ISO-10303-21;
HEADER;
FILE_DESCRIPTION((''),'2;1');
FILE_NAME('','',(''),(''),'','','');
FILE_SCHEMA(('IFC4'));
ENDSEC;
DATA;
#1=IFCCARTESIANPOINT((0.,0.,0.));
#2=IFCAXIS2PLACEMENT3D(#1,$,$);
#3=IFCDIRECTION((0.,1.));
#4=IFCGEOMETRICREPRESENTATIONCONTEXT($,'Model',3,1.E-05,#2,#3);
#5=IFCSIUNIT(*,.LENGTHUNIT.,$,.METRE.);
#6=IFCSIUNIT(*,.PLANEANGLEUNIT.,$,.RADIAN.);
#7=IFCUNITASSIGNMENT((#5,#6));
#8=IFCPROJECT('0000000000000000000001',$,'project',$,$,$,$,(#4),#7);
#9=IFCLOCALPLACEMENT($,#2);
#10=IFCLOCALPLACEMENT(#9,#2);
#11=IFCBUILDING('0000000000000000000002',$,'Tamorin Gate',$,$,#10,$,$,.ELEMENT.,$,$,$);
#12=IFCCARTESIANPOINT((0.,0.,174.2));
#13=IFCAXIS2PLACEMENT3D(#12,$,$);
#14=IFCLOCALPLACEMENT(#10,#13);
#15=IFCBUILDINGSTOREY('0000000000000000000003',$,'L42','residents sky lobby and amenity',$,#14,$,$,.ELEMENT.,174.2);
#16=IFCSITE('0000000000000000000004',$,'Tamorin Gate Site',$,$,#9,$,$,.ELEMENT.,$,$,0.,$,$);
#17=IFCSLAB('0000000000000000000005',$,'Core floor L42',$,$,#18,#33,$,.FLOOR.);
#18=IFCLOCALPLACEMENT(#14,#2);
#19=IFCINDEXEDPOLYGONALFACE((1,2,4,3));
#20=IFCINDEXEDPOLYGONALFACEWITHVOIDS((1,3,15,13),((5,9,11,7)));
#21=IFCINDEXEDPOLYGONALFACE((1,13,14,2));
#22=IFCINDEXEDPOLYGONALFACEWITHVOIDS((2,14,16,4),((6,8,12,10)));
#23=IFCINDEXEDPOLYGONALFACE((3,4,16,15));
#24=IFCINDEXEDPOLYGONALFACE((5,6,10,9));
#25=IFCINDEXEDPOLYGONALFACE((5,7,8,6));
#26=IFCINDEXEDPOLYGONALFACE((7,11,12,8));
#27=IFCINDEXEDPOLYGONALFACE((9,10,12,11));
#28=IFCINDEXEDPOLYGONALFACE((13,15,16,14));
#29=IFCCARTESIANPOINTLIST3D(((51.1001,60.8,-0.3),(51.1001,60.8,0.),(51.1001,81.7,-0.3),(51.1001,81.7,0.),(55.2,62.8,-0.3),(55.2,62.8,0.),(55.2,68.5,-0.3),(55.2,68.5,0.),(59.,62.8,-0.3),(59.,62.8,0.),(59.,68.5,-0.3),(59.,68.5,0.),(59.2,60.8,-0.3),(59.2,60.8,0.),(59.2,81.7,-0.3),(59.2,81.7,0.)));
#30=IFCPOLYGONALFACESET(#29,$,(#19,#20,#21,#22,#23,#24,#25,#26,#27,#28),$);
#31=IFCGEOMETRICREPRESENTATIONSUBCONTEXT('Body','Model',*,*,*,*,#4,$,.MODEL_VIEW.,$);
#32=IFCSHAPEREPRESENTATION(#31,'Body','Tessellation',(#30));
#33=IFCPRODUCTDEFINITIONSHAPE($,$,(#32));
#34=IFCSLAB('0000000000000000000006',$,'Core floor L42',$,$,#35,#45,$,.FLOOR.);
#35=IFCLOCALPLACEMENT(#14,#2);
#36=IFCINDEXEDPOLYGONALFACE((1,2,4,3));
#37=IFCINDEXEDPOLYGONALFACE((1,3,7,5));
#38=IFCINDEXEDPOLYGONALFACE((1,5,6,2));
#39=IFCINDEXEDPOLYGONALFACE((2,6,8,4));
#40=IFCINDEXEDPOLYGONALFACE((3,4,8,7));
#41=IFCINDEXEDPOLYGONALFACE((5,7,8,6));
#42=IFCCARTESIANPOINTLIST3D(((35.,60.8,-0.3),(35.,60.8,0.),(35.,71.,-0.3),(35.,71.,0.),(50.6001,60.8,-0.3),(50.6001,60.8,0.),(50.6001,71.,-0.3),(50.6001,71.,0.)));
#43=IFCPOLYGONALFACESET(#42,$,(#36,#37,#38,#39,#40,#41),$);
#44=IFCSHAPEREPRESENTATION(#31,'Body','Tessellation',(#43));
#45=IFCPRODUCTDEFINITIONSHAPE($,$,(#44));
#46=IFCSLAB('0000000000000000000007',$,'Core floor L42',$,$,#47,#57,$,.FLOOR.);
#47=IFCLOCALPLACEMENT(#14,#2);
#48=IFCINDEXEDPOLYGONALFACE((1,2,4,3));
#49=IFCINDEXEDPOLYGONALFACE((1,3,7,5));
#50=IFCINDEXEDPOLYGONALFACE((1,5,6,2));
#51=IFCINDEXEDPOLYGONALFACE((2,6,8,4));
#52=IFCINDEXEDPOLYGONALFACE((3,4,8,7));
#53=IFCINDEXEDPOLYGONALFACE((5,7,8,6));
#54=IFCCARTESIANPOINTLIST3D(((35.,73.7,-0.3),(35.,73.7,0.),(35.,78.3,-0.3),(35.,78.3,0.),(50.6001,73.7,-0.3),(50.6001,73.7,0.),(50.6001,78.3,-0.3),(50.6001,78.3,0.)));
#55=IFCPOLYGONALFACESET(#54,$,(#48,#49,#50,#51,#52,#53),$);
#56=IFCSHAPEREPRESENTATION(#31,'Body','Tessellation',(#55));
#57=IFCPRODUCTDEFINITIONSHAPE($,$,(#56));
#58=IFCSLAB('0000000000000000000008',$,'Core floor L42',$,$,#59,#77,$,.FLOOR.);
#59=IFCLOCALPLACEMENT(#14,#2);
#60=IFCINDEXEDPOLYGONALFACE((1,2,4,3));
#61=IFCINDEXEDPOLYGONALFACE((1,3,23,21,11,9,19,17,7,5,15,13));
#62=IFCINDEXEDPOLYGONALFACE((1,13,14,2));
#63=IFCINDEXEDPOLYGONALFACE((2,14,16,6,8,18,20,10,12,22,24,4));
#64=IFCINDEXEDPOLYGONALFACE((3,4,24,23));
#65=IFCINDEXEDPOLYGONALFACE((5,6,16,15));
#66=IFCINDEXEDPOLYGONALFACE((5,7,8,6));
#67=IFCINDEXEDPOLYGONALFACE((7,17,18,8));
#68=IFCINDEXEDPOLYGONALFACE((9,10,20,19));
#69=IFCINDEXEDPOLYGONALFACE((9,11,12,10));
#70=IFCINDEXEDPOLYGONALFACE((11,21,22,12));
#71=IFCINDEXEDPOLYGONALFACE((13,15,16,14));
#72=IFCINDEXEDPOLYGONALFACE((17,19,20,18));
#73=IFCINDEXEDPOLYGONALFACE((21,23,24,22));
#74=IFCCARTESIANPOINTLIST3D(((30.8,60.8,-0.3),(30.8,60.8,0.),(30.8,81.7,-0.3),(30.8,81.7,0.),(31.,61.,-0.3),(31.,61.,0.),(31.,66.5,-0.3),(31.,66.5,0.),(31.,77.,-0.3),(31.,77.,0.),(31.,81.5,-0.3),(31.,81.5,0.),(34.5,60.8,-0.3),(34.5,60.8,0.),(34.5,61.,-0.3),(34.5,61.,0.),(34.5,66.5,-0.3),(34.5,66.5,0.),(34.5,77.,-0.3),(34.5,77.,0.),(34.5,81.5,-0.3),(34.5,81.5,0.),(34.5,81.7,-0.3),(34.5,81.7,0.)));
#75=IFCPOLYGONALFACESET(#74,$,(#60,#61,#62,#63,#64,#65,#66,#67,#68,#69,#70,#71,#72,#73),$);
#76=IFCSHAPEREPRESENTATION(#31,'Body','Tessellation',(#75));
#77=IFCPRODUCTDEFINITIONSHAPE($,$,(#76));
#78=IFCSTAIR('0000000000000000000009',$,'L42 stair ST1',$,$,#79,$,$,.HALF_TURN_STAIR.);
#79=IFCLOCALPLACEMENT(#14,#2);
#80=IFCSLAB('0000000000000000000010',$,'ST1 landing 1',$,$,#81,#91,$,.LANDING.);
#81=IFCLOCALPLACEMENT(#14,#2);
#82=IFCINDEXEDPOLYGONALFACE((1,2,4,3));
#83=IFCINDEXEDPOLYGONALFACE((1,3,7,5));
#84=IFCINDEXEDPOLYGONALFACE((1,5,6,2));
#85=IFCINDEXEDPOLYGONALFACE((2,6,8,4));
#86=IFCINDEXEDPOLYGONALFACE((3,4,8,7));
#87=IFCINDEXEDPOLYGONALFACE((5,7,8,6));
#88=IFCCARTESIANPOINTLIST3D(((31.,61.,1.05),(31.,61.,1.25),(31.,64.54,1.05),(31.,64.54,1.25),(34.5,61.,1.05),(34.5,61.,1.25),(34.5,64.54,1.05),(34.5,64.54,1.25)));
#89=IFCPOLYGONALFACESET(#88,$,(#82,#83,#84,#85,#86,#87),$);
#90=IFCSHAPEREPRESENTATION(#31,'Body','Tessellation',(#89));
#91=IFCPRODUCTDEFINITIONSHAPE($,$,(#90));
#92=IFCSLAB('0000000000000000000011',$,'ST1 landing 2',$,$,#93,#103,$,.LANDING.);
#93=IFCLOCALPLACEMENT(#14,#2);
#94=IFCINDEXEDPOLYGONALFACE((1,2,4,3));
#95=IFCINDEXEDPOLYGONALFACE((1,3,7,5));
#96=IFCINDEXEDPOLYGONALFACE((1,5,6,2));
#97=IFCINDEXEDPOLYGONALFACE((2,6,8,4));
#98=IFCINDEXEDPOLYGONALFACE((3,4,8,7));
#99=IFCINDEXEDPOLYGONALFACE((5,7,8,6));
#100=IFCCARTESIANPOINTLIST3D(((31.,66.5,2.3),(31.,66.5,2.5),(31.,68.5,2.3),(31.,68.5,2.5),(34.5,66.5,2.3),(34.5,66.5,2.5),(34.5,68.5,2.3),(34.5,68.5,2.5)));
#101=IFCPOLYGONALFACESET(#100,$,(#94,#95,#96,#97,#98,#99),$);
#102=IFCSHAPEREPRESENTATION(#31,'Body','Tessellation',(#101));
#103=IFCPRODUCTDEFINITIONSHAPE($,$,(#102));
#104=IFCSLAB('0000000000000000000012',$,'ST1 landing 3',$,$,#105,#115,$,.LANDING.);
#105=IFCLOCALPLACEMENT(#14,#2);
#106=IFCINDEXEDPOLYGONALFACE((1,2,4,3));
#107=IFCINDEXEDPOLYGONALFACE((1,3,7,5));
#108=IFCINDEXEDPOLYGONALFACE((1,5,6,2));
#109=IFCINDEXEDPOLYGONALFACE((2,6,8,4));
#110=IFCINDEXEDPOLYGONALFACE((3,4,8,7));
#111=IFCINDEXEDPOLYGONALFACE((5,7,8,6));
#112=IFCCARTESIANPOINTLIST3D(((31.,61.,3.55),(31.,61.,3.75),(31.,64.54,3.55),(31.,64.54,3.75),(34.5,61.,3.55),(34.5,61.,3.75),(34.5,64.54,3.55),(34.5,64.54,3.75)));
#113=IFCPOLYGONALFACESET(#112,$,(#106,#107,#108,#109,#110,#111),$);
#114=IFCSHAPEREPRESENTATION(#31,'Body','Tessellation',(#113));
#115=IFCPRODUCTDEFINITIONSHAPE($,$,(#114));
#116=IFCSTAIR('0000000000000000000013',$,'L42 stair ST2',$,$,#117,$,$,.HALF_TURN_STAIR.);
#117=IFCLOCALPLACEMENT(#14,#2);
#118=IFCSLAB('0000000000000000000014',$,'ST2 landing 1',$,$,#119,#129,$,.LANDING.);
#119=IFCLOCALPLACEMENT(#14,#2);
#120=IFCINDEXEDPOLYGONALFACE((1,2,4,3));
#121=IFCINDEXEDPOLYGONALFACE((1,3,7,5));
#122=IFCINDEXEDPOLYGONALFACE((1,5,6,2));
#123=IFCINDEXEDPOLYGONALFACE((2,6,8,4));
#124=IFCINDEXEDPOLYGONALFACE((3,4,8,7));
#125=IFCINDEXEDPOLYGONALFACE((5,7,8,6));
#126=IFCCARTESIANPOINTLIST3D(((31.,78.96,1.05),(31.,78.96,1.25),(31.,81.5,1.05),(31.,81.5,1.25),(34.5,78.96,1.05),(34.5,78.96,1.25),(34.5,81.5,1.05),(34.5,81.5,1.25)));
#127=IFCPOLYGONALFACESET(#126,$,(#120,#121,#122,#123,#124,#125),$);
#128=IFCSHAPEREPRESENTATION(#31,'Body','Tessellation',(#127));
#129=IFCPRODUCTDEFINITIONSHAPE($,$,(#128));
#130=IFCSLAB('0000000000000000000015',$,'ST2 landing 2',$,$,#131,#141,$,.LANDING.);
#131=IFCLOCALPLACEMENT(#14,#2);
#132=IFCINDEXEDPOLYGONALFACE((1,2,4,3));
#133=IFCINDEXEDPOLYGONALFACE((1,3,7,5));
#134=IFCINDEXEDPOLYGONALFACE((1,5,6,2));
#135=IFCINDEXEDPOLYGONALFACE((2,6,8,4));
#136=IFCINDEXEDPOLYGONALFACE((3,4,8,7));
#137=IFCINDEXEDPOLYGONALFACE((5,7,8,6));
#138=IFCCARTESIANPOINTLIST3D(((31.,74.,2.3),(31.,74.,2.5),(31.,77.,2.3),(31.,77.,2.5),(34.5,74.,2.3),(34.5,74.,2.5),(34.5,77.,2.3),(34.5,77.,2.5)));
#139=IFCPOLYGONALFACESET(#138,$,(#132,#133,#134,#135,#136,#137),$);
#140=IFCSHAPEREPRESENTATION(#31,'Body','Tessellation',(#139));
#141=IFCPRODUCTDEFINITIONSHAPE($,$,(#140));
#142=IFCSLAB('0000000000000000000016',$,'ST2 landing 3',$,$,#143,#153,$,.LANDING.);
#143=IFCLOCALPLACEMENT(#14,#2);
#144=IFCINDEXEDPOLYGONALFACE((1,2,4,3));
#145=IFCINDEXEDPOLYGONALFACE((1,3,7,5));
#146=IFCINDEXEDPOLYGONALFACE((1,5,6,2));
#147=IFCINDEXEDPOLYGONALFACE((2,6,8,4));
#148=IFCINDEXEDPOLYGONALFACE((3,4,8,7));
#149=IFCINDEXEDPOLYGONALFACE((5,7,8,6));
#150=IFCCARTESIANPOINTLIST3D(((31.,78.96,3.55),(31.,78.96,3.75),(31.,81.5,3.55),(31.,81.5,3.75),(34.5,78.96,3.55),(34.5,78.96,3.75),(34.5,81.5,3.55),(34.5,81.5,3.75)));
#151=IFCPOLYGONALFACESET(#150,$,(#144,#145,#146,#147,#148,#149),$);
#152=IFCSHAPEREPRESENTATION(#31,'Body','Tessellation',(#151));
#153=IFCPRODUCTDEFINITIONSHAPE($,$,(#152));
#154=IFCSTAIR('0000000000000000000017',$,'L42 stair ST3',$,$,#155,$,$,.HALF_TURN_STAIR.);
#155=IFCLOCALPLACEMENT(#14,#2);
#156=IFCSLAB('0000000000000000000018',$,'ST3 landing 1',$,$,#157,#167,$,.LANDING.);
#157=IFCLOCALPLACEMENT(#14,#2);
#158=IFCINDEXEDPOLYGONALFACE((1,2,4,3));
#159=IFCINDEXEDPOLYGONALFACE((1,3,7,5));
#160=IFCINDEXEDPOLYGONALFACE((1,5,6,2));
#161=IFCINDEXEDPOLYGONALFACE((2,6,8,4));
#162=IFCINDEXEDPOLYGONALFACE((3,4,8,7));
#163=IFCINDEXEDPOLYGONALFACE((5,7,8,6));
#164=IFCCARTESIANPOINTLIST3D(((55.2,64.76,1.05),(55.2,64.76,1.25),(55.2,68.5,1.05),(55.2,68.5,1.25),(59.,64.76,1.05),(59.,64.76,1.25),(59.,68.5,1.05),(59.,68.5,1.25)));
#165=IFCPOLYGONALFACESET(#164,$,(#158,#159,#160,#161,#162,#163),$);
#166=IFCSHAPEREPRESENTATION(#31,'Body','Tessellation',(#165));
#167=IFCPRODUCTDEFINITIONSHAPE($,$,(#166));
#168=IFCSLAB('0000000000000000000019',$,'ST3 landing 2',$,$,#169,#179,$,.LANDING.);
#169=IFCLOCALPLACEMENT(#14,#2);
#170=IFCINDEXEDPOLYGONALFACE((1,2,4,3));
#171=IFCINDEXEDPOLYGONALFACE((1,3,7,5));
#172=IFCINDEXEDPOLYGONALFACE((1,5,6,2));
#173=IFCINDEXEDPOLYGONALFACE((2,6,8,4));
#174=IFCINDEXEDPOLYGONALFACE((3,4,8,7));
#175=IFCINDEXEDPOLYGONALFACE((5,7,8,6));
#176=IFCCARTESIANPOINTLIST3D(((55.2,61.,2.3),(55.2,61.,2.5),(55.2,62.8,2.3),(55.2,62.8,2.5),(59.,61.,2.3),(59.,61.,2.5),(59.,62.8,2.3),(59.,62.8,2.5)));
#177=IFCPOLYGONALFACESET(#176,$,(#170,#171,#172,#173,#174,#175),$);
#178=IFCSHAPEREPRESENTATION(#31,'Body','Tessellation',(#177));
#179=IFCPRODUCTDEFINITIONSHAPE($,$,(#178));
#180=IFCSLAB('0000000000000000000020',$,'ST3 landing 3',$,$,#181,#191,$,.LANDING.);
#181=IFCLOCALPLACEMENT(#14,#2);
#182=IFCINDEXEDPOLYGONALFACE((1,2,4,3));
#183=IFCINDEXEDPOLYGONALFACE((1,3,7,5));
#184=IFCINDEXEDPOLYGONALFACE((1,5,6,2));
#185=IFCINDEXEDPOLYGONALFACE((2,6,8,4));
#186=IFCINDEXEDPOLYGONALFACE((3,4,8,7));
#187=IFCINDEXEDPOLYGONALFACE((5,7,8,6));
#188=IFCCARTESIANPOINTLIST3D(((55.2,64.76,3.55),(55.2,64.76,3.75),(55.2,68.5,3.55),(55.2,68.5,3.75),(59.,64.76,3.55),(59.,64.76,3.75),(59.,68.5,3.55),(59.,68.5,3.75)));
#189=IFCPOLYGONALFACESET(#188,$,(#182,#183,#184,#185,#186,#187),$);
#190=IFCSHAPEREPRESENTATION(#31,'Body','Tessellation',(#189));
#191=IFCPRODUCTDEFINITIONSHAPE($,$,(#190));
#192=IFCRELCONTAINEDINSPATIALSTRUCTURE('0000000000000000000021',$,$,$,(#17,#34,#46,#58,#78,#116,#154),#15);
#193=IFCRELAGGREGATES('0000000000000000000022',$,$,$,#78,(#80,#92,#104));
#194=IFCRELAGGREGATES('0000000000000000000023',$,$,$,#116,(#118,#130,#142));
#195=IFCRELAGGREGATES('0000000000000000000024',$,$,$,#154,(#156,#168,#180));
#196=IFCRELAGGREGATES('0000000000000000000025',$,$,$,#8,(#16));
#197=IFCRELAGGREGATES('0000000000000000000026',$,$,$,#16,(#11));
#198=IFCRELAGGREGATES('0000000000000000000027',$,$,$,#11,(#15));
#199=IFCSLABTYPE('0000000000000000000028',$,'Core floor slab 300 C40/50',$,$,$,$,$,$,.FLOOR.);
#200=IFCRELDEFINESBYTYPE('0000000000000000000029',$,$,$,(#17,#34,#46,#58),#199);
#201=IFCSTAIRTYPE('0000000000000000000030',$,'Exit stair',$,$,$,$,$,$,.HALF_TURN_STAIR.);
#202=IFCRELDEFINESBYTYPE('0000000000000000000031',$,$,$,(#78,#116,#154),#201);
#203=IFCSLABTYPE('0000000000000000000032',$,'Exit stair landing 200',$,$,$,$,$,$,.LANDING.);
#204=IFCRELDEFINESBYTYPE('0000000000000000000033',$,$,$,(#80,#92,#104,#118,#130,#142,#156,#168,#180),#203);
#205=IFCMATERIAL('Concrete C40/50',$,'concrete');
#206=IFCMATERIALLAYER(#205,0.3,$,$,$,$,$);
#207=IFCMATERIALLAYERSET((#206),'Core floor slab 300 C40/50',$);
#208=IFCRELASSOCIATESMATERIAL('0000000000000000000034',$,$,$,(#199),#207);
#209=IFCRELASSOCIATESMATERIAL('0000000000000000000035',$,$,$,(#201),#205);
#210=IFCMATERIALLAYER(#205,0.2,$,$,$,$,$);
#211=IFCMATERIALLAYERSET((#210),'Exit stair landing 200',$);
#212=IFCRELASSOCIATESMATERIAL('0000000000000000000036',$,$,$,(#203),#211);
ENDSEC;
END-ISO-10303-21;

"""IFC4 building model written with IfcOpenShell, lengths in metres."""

from ifc_helpers import new_model, si_unit, direction, frame, origin, place, context, subcontext, project, spatial, polyline, outline, extrude, material, layer, layer_set, type_object, element, aggregate, save


model = new_model("IFC4")

# Units and contexts
model_context = context("Model", 3, precision=1e-05, world=origin(), true_north=direction((0.0, 1.0)))
body_context = subcontext(model_context, "Body", "Model", "MODEL_VIEW")
ifc_project = project(units=[si_unit("LENGTHUNIT", "METRE"), si_unit("PLANEANGLEUNIT", "RADIAN")], contexts=[model_context])

# Site, building, storey
site_placement = place(None, origin())
site = spatial("IfcSite", under=ifc_project, at=site_placement, Name="Tamorin Gate Site", CompositionType="ELEMENT", RefElevation=0.0)
building_placement = place(site_placement, origin())
building = spatial("IfcBuilding", under=site, at=building_placement, Name="Tamorin Gate", CompositionType="ELEMENT")
storey_placement = place(building_placement, frame((0.0, 0.0, 174.2)))
storey = spatial("IfcBuildingStorey", under=building, at=storey_placement, Name="L42", Description="residents sky lobby and amenity", CompositionType="ELEMENT", Elevation=174.2)

# Slabs
ifc_material_1 = material(Name="Concrete C40/50", Category="concrete")
ifc_layer_1 = layer(ifc_material_1, 0.3)
ifc_layer_set_1 = layer_set([ifc_layer_1], Name="Core floor slab 300 C40/50")
slab_type_1 = type_object("IfcSlabType", Name="Core floor slab 300 C40/50", PredefinedType="FLOOR", material=ifc_layer_set_1)
slab_1_placement = place(storey_placement, frame((0.0, 0.0, -0.3)))
element("IfcSlab", 1, at=slab_1_placement, inside=storey, type_object=slab_type_1, Name="Core floor L42", PredefinedType="FLOOR", context=body_context, shape_type="SweptSolid", body=[
    extrude(outline(polyline([(51.1001, 81.7), (59.2, 81.7), (59.2, 60.8), (51.1001, 60.8), (51.1001, 81.7)]), holes=[polyline([(55.2, 62.8), (59.0, 62.8), (59.0, 68.5), (55.2, 68.5), (55.2, 62.8)])]), origin(), (0.0, 0.0, 1.0), 0.3),
])
slab_2_placement = place(storey_placement, frame((0.0, 0.0, -0.3)))
element("IfcSlab", 2, at=slab_2_placement, inside=storey, type_object=slab_type_1, Name="Core floor L42", PredefinedType="FLOOR", context=body_context, shape_type="SweptSolid", body=[
    extrude(outline(polyline([(50.6001, 71.0), (50.6001, 60.8), (35.0, 60.8), (35.0, 71.0), (50.6001, 71.0)])), origin(), (0.0, 0.0, 1.0), 0.3),
])
slab_3_placement = place(storey_placement, frame((0.0, 0.0, -0.3)))
element("IfcSlab", 3, at=slab_3_placement, inside=storey, type_object=slab_type_1, Name="Core floor L42", PredefinedType="FLOOR", context=body_context, shape_type="SweptSolid", body=[
    extrude(outline(polyline([(50.6001, 73.7), (35.0, 73.7), (35.0, 78.3), (50.6001, 78.3), (50.6001, 73.7)])), origin(), (0.0, 0.0, 1.0), 0.3),
])
slab_4_placement = place(storey_placement, frame((0.0, 0.0, -0.3)))
element("IfcSlab", 4, at=slab_4_placement, inside=storey, type_object=slab_type_1, Name="Core floor L42", PredefinedType="FLOOR", context=body_context, shape_type="SweptSolid", body=[
    extrude(outline(polyline([(34.5, 60.8), (30.8, 60.8), (30.8, 81.7), (34.5, 81.7), (34.5, 81.5), (31.0, 81.5), (31.0, 77.0), (34.5, 77.0), (34.5, 66.5), (31.0, 66.5), (31.0, 61.0), (34.5, 61.0), (34.5, 60.8)])), origin(), (0.0, 0.0, 1.0), 0.3),
])

# Stairs, slabs
stair_type = type_object("IfcStairType", Name="Exit stair", PredefinedType="HALF_TURN_STAIR", material=ifc_material_1)
stair_1_placement = place(storey_placement, origin())
stair_1 = element("IfcStair", 5, at=stair_1_placement, inside=storey, type_object=stair_type, Name="L42 stair ST1", PredefinedType="HALF_TURN_STAIR")
ifc_layer_2 = layer(ifc_material_1, 0.2)
ifc_layer_set_2 = layer_set([ifc_layer_2], Name="Exit stair landing 200")
slab_type_2 = type_object("IfcSlabType", Name="Exit stair landing 200", PredefinedType="LANDING", material=ifc_layer_set_2)
slab_5_placement = place(storey_placement, frame((0.0, 0.0, 1.05)))
slab_5 = element("IfcSlab", 6, at=slab_5_placement, type_object=slab_type_2, Name="ST1 landing 1", PredefinedType="LANDING", context=body_context, shape_type="SweptSolid", body=[
    extrude(outline(polyline([(31.0, 64.54), (31.0, 61.0), (34.5, 61.0), (34.5, 64.54), (31.0, 64.54)])), origin(), (0.0, 0.0, 1.0), 0.2),
])
slab_6_placement = place(storey_placement, frame((0.0, 0.0, 2.3)))
slab_6 = element("IfcSlab", 7, at=slab_6_placement, type_object=slab_type_2, Name="ST1 landing 2", PredefinedType="LANDING", context=body_context, shape_type="SweptSolid", body=[
    extrude(outline(polyline([(31.0, 68.5), (31.0, 66.5), (34.5, 66.5), (34.5, 68.5), (31.0, 68.5)])), origin(), (0.0, 0.0, 1.0), 0.2),
])
slab_7_placement = place(storey_placement, frame((0.0, 0.0, 3.55)))
slab_7 = element("IfcSlab", 8, at=slab_7_placement, type_object=slab_type_2, Name="ST1 landing 3", PredefinedType="LANDING", context=body_context, shape_type="SweptSolid", body=[
    extrude(outline(polyline([(31.0, 64.54), (31.0, 61.0), (34.5, 61.0), (34.5, 64.54), (31.0, 64.54)])), origin(), (0.0, 0.0, 1.0), 0.2),
])
aggregate(stair_1, [slab_5, slab_6, slab_7])
stair_2_placement = place(storey_placement, origin())
stair_2 = element("IfcStair", 9, at=stair_2_placement, inside=storey, type_object=stair_type, Name="L42 stair ST2", PredefinedType="HALF_TURN_STAIR")
slab_8_placement = place(storey_placement, frame((0.0, 0.0, 1.05)))
slab_8 = element("IfcSlab", 10, at=slab_8_placement, type_object=slab_type_2, Name="ST2 landing 1", PredefinedType="LANDING", context=body_context, shape_type="SweptSolid", body=[
    extrude(outline(polyline([(34.5, 78.96), (34.5, 81.5), (31.0, 81.5), (31.0, 78.96), (34.5, 78.96)])), origin(), (0.0, 0.0, 1.0), 0.2),
])
slab_9_placement = place(storey_placement, frame((0.0, 0.0, 2.3)))
slab_9 = element("IfcSlab", 11, at=slab_9_placement, type_object=slab_type_2, Name="ST2 landing 2", PredefinedType="LANDING", context=body_context, shape_type="SweptSolid", body=[
    extrude(outline(polyline([(34.5, 74.0), (34.5, 77.0), (31.0, 77.0), (31.0, 74.0), (34.5, 74.0)])), origin(), (0.0, 0.0, 1.0), 0.2),
])
slab_10_placement = place(storey_placement, frame((0.0, 0.0, 3.55)))
slab_10 = element("IfcSlab", 12, at=slab_10_placement, type_object=slab_type_2, Name="ST2 landing 3", PredefinedType="LANDING", context=body_context, shape_type="SweptSolid", body=[
    extrude(outline(polyline([(34.5, 78.96), (34.5, 81.5), (31.0, 81.5), (31.0, 78.96), (34.5, 78.96)])), origin(), (0.0, 0.0, 1.0), 0.2),
])
aggregate(stair_2, [slab_8, slab_9, slab_10])
stair_3_placement = place(storey_placement, origin())
stair_3 = element("IfcStair", 13, at=stair_3_placement, inside=storey, type_object=stair_type, Name="L42 stair ST3", PredefinedType="HALF_TURN_STAIR")
slab_11_placement = place(storey_placement, frame((0.0, 0.0, 1.05)))
slab_11 = element("IfcSlab", 14, at=slab_11_placement, type_object=slab_type_2, Name="ST3 landing 1", PredefinedType="LANDING", context=body_context, shape_type="SweptSolid", body=[
    extrude(outline(polyline([(59.0, 64.76), (59.0, 68.5), (55.2, 68.5), (55.2, 64.76), (59.0, 64.76)])), origin(), (0.0, 0.0, 1.0), 0.2),
])
slab_12_placement = place(storey_placement, frame((0.0, 0.0, 2.3)))
slab_12 = element("IfcSlab", 15, at=slab_12_placement, type_object=slab_type_2, Name="ST3 landing 2", PredefinedType="LANDING", context=body_context, shape_type="SweptSolid", body=[
    extrude(outline(polyline([(59.0, 61.0), (59.0, 62.8), (55.2, 62.8), (55.2, 61.0), (59.0, 61.0)])), origin(), (0.0, 0.0, 1.0), 0.2),
])
slab_13_placement = place(storey_placement, frame((0.0, 0.0, 3.55)))
slab_13 = element("IfcSlab", 16, at=slab_13_placement, type_object=slab_type_2, Name="ST3 landing 3", PredefinedType="LANDING", context=body_context, shape_type="SweptSolid", body=[
    extrude(outline(polyline([(59.0, 64.76), (59.0, 68.5), (55.2, 68.5), (55.2, 64.76), (59.0, 64.76)])), origin(), (0.0, 0.0, 1.0), 0.2),
])
aggregate(stair_3, [slab_11, slab_12, slab_13])

save(model, "model.ifc")
